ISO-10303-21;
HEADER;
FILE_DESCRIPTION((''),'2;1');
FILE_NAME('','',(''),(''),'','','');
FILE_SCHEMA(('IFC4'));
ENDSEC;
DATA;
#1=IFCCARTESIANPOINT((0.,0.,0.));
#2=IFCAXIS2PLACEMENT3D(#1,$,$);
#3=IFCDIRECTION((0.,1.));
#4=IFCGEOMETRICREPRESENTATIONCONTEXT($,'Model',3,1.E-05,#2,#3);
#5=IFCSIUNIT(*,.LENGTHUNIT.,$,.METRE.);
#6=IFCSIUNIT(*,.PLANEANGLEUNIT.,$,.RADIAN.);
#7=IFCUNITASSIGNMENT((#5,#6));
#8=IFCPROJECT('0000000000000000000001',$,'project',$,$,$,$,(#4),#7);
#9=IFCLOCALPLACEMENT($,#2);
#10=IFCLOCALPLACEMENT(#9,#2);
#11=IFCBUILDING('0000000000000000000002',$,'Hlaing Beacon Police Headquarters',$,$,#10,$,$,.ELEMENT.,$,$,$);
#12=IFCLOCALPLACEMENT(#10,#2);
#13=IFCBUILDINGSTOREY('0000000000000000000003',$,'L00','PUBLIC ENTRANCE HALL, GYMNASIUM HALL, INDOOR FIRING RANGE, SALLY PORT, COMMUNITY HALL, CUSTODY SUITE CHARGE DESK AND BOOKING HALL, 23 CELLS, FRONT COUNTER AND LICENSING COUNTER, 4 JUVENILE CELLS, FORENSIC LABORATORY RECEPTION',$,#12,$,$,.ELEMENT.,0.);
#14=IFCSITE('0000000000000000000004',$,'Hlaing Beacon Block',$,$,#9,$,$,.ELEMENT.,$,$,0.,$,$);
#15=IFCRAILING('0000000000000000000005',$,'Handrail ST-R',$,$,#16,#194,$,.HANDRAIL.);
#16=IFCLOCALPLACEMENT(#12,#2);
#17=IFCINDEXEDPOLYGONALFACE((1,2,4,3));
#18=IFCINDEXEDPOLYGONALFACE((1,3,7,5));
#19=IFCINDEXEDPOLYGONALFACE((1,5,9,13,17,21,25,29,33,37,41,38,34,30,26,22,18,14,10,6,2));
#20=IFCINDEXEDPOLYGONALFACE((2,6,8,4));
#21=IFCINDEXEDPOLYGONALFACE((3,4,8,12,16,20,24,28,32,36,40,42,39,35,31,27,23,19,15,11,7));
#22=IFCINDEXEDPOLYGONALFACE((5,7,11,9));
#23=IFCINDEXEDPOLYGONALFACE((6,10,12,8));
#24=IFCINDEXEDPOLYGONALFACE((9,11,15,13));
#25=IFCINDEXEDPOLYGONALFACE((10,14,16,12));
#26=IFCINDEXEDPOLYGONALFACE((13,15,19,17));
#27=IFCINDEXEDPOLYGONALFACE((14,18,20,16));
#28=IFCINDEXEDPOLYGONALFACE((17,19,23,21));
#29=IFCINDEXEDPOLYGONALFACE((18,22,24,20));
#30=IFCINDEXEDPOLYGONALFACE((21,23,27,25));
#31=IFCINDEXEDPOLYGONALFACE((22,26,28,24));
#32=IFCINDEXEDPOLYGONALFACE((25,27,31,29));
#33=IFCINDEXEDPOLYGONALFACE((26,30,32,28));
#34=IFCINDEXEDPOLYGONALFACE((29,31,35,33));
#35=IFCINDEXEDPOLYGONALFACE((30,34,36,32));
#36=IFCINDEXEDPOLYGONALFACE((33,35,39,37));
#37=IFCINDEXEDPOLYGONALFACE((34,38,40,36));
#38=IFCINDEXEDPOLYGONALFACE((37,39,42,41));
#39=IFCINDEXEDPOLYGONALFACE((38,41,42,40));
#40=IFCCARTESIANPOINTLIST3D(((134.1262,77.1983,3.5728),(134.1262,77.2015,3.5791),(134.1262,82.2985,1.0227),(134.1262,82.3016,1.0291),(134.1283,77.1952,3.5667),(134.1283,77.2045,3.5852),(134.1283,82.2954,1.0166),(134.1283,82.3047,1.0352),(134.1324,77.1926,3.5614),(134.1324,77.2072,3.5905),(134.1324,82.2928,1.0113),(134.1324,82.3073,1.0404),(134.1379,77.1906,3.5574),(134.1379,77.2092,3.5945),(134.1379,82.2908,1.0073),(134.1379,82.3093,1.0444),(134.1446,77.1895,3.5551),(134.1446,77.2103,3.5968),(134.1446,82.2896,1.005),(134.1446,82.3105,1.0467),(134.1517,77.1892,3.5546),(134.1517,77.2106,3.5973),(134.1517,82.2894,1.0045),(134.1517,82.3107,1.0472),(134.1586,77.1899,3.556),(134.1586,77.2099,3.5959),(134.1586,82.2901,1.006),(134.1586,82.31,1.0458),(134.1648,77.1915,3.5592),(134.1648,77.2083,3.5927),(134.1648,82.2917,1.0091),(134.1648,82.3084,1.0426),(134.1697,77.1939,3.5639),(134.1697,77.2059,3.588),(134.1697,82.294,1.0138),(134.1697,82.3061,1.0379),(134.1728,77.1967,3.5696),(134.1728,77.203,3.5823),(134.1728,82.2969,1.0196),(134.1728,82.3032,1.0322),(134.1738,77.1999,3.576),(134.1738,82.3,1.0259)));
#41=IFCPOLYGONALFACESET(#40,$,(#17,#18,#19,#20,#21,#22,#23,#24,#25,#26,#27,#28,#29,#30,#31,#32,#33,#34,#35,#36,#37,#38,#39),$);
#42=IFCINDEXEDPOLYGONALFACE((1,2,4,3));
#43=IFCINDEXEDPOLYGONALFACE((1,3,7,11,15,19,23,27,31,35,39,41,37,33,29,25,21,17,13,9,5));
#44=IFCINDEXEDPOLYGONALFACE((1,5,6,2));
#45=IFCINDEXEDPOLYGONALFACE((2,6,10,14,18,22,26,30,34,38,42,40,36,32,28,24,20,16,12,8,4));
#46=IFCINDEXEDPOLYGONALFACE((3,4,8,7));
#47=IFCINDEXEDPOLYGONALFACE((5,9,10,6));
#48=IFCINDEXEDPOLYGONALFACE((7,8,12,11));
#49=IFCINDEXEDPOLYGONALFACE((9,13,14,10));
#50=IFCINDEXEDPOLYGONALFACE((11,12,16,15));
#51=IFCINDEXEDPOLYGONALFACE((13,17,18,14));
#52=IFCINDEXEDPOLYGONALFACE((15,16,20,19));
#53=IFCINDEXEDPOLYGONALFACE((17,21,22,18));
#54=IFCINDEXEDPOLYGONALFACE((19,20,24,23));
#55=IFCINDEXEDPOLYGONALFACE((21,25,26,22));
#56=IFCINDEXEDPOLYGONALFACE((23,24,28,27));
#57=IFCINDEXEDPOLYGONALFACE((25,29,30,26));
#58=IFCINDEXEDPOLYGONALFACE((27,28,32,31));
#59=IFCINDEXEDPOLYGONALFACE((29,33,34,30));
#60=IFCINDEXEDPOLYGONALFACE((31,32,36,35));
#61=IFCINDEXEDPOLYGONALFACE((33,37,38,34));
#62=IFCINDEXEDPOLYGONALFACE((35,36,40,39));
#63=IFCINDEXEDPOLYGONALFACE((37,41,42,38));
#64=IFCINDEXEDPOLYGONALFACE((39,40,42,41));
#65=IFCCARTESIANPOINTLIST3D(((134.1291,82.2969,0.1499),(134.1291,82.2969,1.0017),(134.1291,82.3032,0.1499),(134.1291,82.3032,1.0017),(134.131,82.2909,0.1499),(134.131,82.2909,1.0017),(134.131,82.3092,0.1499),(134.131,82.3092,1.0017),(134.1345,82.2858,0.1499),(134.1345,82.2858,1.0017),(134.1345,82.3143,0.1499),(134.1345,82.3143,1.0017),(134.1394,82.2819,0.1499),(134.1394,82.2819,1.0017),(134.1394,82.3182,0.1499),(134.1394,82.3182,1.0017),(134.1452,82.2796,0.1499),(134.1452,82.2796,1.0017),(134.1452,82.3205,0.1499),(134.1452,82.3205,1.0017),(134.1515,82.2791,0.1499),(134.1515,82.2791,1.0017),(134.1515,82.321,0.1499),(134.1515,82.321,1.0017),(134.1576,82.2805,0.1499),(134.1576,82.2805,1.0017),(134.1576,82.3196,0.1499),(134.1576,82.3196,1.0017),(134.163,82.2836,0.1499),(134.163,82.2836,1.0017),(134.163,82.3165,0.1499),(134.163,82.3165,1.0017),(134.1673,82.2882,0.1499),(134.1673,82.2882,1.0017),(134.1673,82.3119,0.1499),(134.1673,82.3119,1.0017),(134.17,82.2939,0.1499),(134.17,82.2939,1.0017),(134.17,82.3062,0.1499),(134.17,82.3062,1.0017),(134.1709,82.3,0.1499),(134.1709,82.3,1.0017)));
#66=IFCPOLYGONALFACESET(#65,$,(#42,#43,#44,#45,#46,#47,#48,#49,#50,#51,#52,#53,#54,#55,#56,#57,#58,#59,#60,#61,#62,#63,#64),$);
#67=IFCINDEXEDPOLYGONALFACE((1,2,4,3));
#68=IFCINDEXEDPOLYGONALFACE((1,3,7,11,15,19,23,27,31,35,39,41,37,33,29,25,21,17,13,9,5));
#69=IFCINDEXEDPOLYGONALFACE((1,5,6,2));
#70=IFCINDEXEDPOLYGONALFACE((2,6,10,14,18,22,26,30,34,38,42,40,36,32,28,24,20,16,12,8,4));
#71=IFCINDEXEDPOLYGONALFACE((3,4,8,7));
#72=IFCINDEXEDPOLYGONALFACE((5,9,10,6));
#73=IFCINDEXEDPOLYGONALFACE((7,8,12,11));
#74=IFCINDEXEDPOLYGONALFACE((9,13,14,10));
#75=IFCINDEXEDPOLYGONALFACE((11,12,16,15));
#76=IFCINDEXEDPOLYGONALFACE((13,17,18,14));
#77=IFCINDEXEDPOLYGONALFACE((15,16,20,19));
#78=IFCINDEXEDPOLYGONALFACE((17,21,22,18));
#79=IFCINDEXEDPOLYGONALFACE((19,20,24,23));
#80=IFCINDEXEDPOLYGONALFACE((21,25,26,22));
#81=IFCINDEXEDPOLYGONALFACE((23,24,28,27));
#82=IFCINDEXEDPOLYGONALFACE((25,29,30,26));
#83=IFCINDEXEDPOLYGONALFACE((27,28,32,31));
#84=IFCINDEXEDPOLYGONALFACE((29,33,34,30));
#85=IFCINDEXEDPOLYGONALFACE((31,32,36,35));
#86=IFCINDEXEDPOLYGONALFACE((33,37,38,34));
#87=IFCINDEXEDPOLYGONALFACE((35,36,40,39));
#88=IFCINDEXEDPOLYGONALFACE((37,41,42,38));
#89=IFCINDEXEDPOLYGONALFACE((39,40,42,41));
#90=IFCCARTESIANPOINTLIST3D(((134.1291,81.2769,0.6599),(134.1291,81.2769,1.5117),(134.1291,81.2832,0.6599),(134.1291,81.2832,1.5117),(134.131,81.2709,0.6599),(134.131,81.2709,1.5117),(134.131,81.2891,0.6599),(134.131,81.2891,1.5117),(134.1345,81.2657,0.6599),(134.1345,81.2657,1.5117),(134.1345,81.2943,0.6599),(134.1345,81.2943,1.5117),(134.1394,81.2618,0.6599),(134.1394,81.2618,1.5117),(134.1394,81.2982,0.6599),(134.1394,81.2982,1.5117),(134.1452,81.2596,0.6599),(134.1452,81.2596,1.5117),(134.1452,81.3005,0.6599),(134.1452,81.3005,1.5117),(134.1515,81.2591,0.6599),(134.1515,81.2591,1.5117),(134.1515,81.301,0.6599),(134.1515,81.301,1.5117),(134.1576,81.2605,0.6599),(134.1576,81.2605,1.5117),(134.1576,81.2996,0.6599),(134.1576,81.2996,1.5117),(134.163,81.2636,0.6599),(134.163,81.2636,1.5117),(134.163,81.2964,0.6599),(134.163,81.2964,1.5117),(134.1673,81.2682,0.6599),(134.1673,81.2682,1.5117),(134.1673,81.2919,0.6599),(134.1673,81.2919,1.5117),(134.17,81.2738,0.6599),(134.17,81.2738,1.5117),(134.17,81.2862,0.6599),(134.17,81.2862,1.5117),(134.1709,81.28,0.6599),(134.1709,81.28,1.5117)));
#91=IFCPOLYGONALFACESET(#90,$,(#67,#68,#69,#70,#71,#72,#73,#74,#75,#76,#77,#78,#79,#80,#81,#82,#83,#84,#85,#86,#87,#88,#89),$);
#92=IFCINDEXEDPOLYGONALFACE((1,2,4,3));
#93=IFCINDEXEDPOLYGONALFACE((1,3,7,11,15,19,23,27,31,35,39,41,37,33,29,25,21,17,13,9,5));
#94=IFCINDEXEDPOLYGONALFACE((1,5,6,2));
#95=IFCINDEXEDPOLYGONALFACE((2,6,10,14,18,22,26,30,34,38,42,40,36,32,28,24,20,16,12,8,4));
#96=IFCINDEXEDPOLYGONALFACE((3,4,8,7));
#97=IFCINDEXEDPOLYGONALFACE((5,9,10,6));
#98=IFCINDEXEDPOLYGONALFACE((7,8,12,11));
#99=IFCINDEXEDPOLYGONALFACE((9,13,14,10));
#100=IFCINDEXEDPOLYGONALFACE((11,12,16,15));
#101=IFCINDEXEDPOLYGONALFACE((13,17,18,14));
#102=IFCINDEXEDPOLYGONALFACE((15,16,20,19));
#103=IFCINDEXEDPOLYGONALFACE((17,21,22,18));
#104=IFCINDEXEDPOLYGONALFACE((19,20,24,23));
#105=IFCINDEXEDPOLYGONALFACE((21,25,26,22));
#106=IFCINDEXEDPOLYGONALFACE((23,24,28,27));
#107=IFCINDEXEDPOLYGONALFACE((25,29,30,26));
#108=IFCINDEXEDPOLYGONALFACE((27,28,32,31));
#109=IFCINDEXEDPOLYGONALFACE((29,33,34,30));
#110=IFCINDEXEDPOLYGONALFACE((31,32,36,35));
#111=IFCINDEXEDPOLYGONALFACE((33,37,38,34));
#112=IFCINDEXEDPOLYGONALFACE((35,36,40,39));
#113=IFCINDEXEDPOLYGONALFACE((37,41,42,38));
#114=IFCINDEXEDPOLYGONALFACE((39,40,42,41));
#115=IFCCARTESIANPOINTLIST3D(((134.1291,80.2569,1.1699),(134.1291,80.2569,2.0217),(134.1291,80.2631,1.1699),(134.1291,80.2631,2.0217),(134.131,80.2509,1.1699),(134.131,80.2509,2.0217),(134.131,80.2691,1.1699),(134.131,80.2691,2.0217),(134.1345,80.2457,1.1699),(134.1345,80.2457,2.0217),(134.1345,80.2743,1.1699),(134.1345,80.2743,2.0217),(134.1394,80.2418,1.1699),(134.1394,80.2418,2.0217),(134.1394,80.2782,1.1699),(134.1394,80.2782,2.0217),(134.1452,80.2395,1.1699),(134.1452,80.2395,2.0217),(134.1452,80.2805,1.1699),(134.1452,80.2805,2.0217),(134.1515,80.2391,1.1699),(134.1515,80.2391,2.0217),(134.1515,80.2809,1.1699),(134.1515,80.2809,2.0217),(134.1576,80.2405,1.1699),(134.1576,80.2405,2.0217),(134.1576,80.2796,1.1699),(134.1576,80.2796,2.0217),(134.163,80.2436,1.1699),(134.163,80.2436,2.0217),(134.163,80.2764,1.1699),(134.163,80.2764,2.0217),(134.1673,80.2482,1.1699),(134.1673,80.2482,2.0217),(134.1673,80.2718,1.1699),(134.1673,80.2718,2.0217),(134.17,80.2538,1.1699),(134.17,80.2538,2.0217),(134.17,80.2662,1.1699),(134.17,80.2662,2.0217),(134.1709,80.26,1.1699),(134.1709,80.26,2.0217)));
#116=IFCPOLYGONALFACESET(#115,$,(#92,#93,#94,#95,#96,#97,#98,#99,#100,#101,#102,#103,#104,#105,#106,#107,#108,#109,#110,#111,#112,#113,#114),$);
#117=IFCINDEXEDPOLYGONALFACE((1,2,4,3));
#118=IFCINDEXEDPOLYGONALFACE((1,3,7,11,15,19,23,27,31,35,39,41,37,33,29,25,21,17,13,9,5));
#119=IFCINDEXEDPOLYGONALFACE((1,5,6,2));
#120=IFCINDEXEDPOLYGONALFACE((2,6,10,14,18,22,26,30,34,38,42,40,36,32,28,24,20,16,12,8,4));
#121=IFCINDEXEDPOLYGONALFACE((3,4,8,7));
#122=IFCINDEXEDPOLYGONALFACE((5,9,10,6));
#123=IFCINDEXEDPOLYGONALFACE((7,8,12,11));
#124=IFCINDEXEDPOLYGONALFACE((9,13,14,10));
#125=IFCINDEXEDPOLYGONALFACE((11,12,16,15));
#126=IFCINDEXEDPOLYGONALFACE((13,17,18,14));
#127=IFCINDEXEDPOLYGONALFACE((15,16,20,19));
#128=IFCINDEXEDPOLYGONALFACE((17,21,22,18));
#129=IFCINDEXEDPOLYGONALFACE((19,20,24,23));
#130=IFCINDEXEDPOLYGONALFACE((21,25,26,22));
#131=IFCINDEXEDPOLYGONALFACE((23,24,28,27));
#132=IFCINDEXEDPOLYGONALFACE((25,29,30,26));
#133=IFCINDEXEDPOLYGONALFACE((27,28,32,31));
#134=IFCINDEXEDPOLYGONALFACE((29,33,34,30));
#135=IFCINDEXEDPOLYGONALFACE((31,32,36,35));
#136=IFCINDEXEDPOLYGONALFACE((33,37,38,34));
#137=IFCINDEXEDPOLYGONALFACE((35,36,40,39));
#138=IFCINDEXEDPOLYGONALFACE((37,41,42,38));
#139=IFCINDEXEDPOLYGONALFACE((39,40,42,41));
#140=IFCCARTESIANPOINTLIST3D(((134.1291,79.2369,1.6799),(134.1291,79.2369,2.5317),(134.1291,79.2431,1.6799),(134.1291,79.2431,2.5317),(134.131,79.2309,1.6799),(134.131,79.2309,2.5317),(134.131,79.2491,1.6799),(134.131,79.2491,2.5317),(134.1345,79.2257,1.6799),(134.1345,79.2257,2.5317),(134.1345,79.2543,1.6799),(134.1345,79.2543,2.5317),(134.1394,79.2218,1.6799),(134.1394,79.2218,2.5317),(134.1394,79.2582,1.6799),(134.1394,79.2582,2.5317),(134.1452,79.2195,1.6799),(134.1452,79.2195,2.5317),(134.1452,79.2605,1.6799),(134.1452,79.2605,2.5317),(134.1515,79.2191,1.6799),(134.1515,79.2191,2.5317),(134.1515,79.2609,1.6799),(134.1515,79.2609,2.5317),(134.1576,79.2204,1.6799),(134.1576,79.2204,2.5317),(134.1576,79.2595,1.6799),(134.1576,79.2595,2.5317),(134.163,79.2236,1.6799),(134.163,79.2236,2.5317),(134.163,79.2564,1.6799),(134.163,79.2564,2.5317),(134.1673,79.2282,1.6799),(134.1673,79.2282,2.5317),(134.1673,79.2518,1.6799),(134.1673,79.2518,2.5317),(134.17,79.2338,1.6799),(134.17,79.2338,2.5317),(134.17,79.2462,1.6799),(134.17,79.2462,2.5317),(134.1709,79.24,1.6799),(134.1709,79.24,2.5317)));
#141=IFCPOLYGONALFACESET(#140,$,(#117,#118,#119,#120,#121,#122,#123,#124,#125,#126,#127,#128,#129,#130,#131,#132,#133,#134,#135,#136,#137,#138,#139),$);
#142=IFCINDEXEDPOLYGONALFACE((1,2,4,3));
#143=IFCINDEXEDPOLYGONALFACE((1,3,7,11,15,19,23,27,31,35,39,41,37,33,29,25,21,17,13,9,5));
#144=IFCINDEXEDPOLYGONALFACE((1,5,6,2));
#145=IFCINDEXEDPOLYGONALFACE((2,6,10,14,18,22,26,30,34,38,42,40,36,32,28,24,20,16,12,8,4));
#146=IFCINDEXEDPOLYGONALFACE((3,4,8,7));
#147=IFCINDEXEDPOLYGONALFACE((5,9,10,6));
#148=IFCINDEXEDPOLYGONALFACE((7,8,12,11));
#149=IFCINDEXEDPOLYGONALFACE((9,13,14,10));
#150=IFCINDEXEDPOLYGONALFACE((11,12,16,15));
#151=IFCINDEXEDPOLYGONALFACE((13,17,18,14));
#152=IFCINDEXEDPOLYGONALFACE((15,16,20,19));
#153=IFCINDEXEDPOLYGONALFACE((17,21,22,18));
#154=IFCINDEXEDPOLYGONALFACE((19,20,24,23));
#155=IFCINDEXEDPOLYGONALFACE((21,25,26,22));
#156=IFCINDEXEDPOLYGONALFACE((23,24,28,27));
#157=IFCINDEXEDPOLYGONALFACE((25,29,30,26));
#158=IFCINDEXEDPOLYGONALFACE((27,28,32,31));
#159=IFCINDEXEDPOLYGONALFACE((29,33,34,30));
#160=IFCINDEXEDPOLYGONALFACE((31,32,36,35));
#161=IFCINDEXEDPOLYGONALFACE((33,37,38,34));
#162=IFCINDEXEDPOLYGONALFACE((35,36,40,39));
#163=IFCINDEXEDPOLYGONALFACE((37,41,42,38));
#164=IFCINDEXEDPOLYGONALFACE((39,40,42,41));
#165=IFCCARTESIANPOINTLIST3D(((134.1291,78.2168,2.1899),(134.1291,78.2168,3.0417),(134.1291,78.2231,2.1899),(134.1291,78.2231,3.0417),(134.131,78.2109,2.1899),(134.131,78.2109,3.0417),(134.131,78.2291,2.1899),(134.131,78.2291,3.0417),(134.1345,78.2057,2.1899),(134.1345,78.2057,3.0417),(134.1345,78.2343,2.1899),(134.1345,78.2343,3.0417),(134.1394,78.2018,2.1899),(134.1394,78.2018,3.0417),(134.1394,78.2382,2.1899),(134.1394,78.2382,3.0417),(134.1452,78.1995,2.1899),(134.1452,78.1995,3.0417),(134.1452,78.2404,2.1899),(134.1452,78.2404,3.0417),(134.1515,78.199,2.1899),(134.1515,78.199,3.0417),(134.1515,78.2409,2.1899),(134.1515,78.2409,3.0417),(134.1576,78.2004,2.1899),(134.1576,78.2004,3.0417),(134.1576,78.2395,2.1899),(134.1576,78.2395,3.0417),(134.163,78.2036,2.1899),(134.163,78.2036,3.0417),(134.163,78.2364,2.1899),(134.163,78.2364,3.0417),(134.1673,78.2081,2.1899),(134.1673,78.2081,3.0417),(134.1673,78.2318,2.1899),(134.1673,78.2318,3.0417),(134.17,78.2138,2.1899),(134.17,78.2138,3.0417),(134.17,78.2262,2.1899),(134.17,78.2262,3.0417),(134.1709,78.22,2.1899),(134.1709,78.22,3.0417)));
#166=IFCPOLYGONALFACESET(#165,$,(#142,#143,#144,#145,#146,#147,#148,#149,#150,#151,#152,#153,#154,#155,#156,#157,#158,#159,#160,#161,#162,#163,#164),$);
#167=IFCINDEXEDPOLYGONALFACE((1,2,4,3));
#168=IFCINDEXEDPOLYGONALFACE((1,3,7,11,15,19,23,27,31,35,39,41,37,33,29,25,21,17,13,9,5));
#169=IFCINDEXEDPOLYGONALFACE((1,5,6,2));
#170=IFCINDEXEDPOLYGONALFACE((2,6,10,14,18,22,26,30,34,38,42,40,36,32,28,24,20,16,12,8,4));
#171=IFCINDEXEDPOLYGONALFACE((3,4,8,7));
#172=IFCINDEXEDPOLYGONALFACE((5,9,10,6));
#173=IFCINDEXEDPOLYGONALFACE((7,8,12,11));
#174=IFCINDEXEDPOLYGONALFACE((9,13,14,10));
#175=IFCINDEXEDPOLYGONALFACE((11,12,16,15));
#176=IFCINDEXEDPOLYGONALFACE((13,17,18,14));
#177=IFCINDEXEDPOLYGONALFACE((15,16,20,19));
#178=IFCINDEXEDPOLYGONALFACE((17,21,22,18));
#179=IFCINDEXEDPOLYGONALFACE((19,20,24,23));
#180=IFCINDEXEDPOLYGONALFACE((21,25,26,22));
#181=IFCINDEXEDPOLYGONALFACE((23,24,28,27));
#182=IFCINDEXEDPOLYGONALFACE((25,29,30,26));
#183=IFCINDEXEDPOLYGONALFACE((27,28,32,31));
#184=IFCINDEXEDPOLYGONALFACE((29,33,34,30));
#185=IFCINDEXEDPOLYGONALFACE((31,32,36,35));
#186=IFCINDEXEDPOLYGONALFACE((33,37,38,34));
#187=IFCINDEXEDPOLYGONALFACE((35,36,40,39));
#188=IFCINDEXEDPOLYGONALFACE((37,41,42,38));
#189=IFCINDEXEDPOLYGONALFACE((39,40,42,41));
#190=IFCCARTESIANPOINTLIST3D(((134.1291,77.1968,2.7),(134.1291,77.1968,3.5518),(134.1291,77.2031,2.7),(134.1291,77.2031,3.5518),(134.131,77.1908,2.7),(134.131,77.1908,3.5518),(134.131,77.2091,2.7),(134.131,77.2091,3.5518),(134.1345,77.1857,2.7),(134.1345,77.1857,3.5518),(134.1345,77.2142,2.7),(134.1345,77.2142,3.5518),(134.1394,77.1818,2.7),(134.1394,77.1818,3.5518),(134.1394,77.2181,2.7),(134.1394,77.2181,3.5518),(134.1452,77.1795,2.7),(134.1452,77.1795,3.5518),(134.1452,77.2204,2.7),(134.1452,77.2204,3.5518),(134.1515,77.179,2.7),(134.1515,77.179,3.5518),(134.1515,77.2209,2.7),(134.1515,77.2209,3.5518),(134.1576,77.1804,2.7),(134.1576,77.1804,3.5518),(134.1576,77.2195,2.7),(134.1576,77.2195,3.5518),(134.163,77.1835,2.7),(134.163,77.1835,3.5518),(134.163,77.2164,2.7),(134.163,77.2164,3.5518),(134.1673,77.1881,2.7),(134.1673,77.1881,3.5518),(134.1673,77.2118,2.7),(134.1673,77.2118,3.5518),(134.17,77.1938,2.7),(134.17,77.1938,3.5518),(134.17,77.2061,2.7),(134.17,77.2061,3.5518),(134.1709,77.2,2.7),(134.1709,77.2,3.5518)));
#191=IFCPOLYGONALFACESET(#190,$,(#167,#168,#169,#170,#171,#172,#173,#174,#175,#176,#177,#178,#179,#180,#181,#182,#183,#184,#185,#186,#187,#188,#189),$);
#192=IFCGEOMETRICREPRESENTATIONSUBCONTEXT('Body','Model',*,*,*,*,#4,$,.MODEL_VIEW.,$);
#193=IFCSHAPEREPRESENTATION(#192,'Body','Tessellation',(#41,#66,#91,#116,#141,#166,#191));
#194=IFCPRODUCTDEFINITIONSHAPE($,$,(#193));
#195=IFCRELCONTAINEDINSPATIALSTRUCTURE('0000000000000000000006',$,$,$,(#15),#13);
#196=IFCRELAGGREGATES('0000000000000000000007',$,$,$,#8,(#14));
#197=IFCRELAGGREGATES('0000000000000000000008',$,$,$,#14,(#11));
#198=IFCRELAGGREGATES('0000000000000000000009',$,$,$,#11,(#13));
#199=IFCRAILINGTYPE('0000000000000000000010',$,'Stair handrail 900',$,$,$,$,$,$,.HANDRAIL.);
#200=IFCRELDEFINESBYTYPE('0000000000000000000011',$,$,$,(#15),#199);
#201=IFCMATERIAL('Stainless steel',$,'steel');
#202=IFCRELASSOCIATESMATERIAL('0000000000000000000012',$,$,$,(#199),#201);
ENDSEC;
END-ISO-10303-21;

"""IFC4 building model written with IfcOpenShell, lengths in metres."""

from ifc_helpers import new_model, si_unit, direction, frame, origin, origin_2d, place, context, subcontext, project, spatial, circle, extrude, material, type_object, element, save


model = new_model("IFC4")

# Units and contexts
model_context = context("Model", 3, precision=1e-05, world=origin(), true_north=direction((0.0, 1.0)))
body_context = subcontext(model_context, "Body", "Model", "MODEL_VIEW")
ifc_project = project(units=[si_unit("LENGTHUNIT", "METRE"), si_unit("PLANEANGLEUNIT", "RADIAN")], contexts=[model_context])

# Site, building, storey
site_placement = place(None, origin())
site = spatial("IfcSite", under=ifc_project, at=site_placement, Name="Hlaing Beacon Block", CompositionType="ELEMENT", RefElevation=0.0)
building_placement = place(site_placement, origin())
building = spatial("IfcBuilding", under=site, at=building_placement, Name="Hlaing Beacon Police Headquarters", CompositionType="ELEMENT")
storey_placement = place(building_placement, origin())
storey = spatial("IfcBuildingStorey", under=building, at=storey_placement, Name="L00", Description="PUBLIC ENTRANCE HALL, GYMNASIUM HALL, INDOOR FIRING RANGE, SALLY PORT, COMMUNITY HALL, CUSTODY SUITE CHARGE DESK AND BOOKING HALL, 23 CELLS, FRONT COUNTER AND LICENSING COUNTER, 4 JUVENILE CELLS, FORENSIC LABORATORY RECEPTION", CompositionType="ELEMENT", Elevation=0.0)

# Railing
ifc_material_1 = material(Name="Stainless steel", Category="steel")
railing_type_1 = type_object("IfcRailingType", Name="Stair handrail 900", PredefinedType="HANDRAIL", material=ifc_material_1)
for number, where, name in (
    (1, (134.1499, 82.3, 0.1499), "Handrail ST-R"),
):
    element("IfcRailing", number, at=place(storey_placement, frame(where)), inside=storey, type_object=railing_type_1, Name=name, PredefinedType="HANDRAIL", context=body_context, shape_type="SweptSolid", body=[
        extrude(circle(Radius=0.0239, at=origin_2d()), frame((0.0, 0.0, 0.876), z_axis=(0.0, -0.894427, 0.447214), x_axis=(1.0, 0.0, 0.0)), (0.0, 0.0, 1.0), 5.7021),
        extrude(circle(Radius=0.021, at=origin_2d()), origin(), (0.0, 0.0, 1.0), 0.8518),
        extrude(circle(Radius=0.021, at=origin_2d()), frame((0.0, -1.02, 0.51)), (0.0, 0.0, 1.0), 0.8518),
        extrude(circle(Radius=0.021, at=origin_2d()), frame((0.0, -2.04, 1.02)), (0.0, 0.0, 1.0), 0.8518),
        extrude(circle(Radius=0.021, at=origin_2d()), frame((0.0, -3.0601, 1.53)), (0.0, 0.0, 1.0), 0.8518),
        extrude(circle(Radius=0.021, at=origin_2d()), frame((0.0, -4.0801, 2.04)), (0.0, 0.0, 1.0), 0.8518),
        extrude(circle(Radius=0.021, at=origin_2d()), frame((0.0, -5.1001, 2.55)), (0.0, 0.0, 1.0), 0.8518),
    ])

save(model, "model.ifc")
